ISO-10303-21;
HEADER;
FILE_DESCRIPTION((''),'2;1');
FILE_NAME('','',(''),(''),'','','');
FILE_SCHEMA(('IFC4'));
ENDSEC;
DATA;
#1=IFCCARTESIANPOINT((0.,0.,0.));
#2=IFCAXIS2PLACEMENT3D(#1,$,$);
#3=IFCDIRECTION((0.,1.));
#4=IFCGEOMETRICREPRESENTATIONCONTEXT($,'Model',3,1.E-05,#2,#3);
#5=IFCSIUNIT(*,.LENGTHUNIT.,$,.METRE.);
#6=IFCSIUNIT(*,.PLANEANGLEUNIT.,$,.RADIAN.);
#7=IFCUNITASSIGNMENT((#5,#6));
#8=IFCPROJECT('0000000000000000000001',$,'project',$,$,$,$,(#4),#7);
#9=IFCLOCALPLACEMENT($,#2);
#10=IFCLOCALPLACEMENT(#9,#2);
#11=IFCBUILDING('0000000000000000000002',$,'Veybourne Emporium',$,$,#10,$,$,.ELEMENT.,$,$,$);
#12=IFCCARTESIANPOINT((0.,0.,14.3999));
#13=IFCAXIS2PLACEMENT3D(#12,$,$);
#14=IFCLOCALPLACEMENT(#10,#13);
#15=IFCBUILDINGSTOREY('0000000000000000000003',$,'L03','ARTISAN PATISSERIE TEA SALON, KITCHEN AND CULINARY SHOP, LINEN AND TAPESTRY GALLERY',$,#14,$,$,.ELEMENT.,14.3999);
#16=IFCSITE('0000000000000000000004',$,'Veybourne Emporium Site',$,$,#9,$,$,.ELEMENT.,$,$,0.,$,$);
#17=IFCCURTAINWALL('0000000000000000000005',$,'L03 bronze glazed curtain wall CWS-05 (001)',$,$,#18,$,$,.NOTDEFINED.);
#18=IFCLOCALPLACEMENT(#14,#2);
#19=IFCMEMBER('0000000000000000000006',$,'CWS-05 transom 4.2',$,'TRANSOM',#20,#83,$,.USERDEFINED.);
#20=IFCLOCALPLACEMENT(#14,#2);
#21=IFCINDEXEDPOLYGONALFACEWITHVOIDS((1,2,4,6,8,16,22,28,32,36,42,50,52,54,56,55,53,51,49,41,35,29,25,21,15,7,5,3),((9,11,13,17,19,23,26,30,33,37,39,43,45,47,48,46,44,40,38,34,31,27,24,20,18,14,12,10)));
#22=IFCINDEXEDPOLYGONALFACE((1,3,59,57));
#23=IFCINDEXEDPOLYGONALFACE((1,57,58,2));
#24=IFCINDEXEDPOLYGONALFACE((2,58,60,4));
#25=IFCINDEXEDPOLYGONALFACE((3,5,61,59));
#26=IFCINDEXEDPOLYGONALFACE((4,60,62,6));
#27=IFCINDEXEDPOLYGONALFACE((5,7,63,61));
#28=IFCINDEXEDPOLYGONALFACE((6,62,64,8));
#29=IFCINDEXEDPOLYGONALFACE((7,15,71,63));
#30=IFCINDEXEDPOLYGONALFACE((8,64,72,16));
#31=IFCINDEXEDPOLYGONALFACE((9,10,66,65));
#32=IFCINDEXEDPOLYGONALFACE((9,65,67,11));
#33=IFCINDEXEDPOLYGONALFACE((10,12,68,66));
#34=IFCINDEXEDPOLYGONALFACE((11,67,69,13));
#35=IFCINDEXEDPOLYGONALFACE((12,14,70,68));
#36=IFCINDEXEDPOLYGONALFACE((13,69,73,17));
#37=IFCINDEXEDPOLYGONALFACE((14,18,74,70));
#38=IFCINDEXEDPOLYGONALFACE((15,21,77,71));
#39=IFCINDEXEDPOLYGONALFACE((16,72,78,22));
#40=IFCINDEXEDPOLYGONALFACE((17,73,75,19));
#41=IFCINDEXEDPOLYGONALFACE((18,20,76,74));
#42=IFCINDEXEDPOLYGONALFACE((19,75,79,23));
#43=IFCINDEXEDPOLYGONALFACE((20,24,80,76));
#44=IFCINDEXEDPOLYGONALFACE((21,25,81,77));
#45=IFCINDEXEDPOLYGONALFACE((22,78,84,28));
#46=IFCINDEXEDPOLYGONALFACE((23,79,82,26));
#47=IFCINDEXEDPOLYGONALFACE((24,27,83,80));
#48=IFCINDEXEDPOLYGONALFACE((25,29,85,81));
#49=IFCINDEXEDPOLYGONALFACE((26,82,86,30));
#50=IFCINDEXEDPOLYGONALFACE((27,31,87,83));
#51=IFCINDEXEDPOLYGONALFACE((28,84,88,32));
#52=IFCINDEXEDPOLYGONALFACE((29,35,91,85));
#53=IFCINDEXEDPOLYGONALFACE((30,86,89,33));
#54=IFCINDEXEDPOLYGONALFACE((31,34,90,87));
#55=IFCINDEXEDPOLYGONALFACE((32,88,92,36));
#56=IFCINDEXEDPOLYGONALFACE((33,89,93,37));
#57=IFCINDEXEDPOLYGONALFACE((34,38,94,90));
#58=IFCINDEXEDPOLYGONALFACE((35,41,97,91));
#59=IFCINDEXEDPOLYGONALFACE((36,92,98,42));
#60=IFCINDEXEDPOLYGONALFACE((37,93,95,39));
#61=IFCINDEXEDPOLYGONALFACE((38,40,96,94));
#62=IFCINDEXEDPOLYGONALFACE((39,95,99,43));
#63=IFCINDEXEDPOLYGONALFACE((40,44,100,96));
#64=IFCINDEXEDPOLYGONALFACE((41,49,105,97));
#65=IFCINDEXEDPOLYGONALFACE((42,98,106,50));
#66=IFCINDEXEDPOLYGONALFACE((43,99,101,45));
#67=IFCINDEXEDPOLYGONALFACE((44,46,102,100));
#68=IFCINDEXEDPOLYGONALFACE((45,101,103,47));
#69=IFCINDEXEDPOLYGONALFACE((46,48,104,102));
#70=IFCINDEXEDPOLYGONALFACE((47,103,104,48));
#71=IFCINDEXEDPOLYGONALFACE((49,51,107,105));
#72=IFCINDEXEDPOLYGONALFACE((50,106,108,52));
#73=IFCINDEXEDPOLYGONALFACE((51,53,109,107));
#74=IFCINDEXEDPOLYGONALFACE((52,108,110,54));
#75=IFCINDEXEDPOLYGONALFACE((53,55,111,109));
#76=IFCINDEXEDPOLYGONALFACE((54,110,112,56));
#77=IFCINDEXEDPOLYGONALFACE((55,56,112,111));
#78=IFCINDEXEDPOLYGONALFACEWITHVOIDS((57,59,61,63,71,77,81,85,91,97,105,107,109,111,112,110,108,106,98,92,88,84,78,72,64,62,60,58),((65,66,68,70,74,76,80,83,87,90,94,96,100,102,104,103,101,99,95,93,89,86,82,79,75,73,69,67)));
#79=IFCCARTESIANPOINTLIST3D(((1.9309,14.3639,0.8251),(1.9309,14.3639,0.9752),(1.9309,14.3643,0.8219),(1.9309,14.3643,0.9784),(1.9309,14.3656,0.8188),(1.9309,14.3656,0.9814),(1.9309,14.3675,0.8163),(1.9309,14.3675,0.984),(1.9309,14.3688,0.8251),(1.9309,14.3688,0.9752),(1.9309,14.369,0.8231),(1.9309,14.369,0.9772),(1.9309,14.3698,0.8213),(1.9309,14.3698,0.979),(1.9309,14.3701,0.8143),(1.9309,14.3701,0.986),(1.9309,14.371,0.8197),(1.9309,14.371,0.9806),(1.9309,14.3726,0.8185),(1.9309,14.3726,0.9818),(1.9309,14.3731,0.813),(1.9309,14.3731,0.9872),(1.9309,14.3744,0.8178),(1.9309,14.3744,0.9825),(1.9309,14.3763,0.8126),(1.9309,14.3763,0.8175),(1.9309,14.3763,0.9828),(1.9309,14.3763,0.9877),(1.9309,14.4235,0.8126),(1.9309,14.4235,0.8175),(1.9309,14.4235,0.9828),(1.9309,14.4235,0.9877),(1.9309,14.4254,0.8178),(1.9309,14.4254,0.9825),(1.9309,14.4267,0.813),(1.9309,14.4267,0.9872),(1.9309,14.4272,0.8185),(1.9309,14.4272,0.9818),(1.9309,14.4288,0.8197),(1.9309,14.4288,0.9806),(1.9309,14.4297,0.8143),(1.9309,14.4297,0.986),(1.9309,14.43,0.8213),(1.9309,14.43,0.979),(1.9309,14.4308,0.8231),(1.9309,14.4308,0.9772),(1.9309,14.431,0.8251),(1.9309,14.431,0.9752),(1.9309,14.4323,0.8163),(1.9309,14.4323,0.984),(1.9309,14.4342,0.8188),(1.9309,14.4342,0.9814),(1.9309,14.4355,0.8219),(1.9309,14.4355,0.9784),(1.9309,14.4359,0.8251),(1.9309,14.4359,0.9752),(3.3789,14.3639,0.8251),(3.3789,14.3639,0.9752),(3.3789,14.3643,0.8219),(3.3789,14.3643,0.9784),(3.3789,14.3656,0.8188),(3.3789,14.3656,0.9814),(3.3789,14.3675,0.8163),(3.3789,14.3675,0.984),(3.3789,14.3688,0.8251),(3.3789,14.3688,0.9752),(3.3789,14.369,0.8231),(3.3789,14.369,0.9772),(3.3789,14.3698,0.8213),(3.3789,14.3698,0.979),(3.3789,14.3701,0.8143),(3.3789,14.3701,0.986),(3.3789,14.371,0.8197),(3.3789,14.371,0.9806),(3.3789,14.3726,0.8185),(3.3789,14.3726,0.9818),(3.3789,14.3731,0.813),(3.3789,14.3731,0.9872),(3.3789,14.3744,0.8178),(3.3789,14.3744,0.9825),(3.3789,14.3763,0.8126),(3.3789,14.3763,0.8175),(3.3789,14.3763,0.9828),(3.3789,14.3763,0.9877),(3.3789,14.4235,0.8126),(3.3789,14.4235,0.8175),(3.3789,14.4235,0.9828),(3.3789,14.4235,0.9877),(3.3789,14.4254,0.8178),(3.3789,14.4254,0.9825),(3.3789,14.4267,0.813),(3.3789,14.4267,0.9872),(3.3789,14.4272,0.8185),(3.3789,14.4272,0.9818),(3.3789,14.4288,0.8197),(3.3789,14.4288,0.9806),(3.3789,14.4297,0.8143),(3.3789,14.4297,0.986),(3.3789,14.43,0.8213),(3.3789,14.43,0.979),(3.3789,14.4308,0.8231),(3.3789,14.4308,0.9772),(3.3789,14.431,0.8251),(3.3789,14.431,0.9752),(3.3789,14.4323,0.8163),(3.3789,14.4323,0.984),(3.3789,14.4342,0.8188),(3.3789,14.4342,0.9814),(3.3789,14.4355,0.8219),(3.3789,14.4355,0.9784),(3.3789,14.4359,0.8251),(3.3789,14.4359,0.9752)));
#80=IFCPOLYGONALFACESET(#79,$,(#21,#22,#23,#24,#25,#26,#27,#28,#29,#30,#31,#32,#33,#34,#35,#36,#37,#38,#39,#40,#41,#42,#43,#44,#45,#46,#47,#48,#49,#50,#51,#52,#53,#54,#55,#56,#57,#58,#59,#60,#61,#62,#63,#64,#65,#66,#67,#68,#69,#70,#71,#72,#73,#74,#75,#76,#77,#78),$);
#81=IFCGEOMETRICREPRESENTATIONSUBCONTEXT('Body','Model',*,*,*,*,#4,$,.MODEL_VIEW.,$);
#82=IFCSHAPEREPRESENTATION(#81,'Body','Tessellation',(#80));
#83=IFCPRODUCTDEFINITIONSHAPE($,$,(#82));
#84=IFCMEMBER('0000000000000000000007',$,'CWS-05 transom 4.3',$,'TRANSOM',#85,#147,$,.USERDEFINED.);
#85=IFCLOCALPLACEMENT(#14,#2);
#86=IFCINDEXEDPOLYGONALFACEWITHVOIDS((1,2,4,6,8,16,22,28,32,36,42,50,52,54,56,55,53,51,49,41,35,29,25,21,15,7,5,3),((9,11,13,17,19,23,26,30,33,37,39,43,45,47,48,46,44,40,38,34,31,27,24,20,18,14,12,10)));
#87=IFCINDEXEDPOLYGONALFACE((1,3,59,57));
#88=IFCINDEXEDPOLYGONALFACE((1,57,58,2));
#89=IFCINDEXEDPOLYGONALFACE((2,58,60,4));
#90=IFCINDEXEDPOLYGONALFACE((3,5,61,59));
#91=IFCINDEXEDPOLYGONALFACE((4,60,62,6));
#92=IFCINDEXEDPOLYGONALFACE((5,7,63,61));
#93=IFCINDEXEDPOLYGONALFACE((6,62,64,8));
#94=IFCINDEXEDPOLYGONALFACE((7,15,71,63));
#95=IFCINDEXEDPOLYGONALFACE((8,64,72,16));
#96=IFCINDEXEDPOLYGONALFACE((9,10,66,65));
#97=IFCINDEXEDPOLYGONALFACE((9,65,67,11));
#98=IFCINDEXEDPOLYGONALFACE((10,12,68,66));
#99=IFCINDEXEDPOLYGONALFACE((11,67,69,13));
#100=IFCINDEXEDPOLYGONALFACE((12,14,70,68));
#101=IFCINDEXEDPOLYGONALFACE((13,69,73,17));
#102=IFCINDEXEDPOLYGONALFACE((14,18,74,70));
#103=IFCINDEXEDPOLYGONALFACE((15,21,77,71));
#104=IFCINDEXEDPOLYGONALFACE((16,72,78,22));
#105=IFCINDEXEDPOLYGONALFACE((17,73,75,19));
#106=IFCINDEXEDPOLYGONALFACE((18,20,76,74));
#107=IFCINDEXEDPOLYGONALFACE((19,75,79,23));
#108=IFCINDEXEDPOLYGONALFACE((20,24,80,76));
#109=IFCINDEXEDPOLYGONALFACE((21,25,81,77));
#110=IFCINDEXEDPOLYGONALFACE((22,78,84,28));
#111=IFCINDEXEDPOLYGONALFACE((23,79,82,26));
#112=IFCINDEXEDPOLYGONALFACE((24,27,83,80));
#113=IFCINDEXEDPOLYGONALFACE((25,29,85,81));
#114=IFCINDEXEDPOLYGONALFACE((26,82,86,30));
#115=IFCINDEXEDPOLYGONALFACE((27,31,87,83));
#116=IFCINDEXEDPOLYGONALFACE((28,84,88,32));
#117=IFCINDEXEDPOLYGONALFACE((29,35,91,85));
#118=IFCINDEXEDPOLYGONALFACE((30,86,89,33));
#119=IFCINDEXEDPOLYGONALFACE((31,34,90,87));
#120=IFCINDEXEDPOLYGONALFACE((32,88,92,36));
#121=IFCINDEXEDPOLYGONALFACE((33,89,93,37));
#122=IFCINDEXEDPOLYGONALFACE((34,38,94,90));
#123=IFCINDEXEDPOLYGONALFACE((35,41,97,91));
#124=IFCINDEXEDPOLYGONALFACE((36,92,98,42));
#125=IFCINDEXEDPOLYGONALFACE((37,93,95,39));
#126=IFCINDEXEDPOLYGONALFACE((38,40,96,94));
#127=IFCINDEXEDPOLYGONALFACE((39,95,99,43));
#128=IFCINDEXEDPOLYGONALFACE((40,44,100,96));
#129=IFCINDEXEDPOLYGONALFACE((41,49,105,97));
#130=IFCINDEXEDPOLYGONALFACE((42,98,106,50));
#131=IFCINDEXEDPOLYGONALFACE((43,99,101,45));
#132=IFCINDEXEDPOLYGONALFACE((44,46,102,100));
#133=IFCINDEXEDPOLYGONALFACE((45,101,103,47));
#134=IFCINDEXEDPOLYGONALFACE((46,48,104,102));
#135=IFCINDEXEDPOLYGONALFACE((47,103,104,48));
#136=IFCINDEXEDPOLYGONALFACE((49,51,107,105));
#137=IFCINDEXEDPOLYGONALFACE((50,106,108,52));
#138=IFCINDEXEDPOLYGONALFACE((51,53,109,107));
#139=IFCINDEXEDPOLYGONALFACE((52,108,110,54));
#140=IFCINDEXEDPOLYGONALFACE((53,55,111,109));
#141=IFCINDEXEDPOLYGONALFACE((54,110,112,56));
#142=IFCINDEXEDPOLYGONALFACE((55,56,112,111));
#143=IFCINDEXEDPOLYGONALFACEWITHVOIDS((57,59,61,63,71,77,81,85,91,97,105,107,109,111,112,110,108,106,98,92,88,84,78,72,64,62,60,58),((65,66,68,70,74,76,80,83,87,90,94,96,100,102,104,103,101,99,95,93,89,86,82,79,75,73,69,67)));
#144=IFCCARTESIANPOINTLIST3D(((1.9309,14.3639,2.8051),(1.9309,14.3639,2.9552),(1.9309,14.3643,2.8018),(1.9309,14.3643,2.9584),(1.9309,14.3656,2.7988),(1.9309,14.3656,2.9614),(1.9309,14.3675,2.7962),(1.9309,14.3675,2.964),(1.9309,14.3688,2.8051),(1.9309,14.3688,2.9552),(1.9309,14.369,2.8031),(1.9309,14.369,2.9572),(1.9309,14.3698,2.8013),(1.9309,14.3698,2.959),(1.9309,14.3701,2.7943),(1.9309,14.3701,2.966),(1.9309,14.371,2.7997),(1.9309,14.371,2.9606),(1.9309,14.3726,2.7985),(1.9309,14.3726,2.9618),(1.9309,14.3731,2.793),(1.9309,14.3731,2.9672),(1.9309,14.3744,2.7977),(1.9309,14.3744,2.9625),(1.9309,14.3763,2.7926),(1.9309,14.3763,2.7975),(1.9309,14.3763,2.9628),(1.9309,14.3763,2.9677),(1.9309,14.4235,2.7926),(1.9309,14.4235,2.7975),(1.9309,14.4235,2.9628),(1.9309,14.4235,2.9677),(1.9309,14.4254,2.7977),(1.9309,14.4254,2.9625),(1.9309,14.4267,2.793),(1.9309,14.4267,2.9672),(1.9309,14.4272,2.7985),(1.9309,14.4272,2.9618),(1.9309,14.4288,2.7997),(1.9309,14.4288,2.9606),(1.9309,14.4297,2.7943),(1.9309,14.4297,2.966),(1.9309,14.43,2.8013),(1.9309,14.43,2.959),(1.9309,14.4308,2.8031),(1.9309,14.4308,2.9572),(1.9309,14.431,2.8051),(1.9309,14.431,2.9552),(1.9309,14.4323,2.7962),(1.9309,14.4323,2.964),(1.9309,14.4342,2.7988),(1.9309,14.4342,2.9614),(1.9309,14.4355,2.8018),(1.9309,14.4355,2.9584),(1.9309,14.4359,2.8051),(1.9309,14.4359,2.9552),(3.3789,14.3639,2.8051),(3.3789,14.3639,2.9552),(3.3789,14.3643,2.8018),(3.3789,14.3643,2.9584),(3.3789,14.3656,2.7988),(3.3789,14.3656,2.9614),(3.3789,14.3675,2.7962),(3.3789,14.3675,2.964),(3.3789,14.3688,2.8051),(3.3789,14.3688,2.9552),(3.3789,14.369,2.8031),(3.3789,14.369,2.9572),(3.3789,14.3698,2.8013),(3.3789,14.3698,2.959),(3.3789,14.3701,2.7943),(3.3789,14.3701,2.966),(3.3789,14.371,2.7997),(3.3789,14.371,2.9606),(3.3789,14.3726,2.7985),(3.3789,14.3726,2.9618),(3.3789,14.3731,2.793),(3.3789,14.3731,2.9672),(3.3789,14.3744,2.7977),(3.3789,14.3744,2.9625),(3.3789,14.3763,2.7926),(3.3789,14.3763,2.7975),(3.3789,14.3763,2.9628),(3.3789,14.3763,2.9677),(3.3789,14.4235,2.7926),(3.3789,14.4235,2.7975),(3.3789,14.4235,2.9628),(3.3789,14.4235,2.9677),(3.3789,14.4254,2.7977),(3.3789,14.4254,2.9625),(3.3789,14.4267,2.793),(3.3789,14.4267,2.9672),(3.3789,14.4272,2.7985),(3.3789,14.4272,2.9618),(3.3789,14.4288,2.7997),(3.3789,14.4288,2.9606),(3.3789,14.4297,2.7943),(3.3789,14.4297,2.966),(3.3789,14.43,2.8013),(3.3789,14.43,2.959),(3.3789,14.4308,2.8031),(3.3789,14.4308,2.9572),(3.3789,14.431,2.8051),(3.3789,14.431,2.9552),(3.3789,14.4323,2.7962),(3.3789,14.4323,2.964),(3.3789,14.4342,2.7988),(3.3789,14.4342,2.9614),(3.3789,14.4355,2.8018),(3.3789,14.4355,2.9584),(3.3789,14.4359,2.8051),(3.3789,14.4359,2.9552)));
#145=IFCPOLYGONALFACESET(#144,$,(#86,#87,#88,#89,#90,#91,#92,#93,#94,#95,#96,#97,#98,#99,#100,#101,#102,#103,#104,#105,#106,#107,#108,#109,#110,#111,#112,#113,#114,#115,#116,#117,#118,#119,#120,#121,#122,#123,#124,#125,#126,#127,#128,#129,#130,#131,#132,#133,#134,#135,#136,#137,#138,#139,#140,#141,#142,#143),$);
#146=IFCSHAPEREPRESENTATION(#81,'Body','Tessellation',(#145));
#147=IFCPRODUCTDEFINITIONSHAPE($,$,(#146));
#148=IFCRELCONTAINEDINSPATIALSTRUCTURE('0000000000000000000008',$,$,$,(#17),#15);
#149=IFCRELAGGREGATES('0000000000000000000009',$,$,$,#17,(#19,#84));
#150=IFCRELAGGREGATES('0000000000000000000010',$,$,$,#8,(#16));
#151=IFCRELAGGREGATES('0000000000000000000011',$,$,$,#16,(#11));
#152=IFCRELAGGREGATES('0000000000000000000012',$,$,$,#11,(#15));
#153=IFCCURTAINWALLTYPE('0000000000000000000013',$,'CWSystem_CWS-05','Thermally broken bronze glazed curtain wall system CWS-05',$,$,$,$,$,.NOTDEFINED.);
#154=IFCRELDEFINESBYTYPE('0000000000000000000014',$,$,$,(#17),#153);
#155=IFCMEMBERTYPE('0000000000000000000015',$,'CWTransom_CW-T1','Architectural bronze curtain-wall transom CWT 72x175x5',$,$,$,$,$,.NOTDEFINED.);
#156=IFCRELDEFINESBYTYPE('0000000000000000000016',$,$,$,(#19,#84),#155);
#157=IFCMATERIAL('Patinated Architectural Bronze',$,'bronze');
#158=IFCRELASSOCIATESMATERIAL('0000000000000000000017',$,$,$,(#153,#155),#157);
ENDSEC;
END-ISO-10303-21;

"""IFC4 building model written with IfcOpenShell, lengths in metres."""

from ifc_helpers import new_model, si_unit, direction, frame, origin, origin_2d, place, context, subcontext, project, spatial, hollow_rectangle, extrude, material, material_profile, profile_set, type_object, element, aggregate, save


model = new_model("IFC4")

# Units and contexts
model_context = context("Model", 3, precision=1e-05, world=origin(), true_north=direction((0.0, 1.0)))
body_context = subcontext(model_context, "Body", "Model", "MODEL_VIEW")
ifc_project = project(units=[si_unit("LENGTHUNIT", "METRE"), si_unit("PLANEANGLEUNIT", "RADIAN")], contexts=[model_context])

# Site, building, storey
site_placement = place(None, origin())
site = spatial("IfcSite", under=ifc_project, at=site_placement, Name="Veybourne Emporium Site", CompositionType="ELEMENT", RefElevation=0.0)
building_placement = place(site_placement, origin())
building = spatial("IfcBuilding", under=site, at=building_placement, Name="Veybourne Emporium", CompositionType="ELEMENT")
storey_placement = place(building_placement, frame((0.0, 0.0, 14.3999)))
storey = spatial("IfcBuildingStorey", under=building, at=storey_placement, Name="L03", Description="ARTISAN PATISSERIE TEA SALON, KITCHEN AND CULINARY SHOP, LINEN AND TAPESTRY GALLERY", CompositionType="ELEMENT", Elevation=14.3999)

# Curtain wall, members
ifc_material_1 = material(Name="Patinated Architectural Bronze", Category="bronze")
curtain_wall_type = type_object("IfcCurtainWallType", Name="CWSystem_CWS-05", Description="Thermally broken bronze glazed curtain wall system CWS-05", PredefinedType="NOTDEFINED", material=ifc_material_1)
curtain_wall_placement = place(storey_placement, origin())
curtain_wall = element("IfcCurtainWall", 1, at=curtain_wall_placement, inside=storey, type_object=curtain_wall_type, Name="L03 bronze glazed curtain wall CWS-05 (001)", PredefinedType="NOTDEFINED")
ifc_material_profile_1 = material_profile(ifc_material_1, hollow_rectangle(XDim=0.072, YDim=0.175, WallThickness=0.0049, InnerFilletRadius=0.0076, OuterFilletRadius=0.0125, at=origin_2d()), Name="CWT 72x175x5")
ifc_profile_set_1 = profile_set([ifc_material_profile_1], Name="Patinated Architectural Bronze")
member_type_1 = type_object("IfcMemberType", Name="CWTransom_CW-T1", Description="Architectural bronze curtain-wall transom CWT 72x175x5", PredefinedType="NOTDEFINED", material=ifc_profile_set_1)
member_1_placement = place(storey_placement, frame((3.3789, 14.3999, 0.9001), z_axis=(-1.0, 0.0, 0.0), x_axis=(0.0, -1.0, 0.0)))
member_1 = element("IfcMember", 2, at=member_1_placement, type_object=member_type_1, Name="CWS-05 transom 4.2", ObjectType="TRANSOM", PredefinedType="USERDEFINED", context=body_context, shape_type="SweptSolid", body=[
    extrude(hollow_rectangle(XDim=0.072, YDim=0.175, WallThickness=0.0049, InnerFilletRadius=0.0076, OuterFilletRadius=0.0125, at=origin_2d()), origin(), (0.0, 0.0, 1.0), 1.448),
])
member_2_placement = place(storey_placement, frame((3.3789, 14.3999, 2.8801), z_axis=(-1.0, 0.0, 0.0), x_axis=(0.0, -1.0, 0.0)))
member_2 = element("IfcMember", 3, at=member_2_placement, type_object=member_type_1, Name="CWS-05 transom 4.3", ObjectType="TRANSOM", PredefinedType="USERDEFINED", context=body_context, shape_type="SweptSolid", body=[
    extrude(hollow_rectangle(XDim=0.072, YDim=0.175, WallThickness=0.0049, InnerFilletRadius=0.0076, OuterFilletRadius=0.0125, at=origin_2d()), origin(), (0.0, 0.0, 1.0), 1.448),
])
aggregate(curtain_wall, [member_1, member_2])

save(model, "model.ifc")
